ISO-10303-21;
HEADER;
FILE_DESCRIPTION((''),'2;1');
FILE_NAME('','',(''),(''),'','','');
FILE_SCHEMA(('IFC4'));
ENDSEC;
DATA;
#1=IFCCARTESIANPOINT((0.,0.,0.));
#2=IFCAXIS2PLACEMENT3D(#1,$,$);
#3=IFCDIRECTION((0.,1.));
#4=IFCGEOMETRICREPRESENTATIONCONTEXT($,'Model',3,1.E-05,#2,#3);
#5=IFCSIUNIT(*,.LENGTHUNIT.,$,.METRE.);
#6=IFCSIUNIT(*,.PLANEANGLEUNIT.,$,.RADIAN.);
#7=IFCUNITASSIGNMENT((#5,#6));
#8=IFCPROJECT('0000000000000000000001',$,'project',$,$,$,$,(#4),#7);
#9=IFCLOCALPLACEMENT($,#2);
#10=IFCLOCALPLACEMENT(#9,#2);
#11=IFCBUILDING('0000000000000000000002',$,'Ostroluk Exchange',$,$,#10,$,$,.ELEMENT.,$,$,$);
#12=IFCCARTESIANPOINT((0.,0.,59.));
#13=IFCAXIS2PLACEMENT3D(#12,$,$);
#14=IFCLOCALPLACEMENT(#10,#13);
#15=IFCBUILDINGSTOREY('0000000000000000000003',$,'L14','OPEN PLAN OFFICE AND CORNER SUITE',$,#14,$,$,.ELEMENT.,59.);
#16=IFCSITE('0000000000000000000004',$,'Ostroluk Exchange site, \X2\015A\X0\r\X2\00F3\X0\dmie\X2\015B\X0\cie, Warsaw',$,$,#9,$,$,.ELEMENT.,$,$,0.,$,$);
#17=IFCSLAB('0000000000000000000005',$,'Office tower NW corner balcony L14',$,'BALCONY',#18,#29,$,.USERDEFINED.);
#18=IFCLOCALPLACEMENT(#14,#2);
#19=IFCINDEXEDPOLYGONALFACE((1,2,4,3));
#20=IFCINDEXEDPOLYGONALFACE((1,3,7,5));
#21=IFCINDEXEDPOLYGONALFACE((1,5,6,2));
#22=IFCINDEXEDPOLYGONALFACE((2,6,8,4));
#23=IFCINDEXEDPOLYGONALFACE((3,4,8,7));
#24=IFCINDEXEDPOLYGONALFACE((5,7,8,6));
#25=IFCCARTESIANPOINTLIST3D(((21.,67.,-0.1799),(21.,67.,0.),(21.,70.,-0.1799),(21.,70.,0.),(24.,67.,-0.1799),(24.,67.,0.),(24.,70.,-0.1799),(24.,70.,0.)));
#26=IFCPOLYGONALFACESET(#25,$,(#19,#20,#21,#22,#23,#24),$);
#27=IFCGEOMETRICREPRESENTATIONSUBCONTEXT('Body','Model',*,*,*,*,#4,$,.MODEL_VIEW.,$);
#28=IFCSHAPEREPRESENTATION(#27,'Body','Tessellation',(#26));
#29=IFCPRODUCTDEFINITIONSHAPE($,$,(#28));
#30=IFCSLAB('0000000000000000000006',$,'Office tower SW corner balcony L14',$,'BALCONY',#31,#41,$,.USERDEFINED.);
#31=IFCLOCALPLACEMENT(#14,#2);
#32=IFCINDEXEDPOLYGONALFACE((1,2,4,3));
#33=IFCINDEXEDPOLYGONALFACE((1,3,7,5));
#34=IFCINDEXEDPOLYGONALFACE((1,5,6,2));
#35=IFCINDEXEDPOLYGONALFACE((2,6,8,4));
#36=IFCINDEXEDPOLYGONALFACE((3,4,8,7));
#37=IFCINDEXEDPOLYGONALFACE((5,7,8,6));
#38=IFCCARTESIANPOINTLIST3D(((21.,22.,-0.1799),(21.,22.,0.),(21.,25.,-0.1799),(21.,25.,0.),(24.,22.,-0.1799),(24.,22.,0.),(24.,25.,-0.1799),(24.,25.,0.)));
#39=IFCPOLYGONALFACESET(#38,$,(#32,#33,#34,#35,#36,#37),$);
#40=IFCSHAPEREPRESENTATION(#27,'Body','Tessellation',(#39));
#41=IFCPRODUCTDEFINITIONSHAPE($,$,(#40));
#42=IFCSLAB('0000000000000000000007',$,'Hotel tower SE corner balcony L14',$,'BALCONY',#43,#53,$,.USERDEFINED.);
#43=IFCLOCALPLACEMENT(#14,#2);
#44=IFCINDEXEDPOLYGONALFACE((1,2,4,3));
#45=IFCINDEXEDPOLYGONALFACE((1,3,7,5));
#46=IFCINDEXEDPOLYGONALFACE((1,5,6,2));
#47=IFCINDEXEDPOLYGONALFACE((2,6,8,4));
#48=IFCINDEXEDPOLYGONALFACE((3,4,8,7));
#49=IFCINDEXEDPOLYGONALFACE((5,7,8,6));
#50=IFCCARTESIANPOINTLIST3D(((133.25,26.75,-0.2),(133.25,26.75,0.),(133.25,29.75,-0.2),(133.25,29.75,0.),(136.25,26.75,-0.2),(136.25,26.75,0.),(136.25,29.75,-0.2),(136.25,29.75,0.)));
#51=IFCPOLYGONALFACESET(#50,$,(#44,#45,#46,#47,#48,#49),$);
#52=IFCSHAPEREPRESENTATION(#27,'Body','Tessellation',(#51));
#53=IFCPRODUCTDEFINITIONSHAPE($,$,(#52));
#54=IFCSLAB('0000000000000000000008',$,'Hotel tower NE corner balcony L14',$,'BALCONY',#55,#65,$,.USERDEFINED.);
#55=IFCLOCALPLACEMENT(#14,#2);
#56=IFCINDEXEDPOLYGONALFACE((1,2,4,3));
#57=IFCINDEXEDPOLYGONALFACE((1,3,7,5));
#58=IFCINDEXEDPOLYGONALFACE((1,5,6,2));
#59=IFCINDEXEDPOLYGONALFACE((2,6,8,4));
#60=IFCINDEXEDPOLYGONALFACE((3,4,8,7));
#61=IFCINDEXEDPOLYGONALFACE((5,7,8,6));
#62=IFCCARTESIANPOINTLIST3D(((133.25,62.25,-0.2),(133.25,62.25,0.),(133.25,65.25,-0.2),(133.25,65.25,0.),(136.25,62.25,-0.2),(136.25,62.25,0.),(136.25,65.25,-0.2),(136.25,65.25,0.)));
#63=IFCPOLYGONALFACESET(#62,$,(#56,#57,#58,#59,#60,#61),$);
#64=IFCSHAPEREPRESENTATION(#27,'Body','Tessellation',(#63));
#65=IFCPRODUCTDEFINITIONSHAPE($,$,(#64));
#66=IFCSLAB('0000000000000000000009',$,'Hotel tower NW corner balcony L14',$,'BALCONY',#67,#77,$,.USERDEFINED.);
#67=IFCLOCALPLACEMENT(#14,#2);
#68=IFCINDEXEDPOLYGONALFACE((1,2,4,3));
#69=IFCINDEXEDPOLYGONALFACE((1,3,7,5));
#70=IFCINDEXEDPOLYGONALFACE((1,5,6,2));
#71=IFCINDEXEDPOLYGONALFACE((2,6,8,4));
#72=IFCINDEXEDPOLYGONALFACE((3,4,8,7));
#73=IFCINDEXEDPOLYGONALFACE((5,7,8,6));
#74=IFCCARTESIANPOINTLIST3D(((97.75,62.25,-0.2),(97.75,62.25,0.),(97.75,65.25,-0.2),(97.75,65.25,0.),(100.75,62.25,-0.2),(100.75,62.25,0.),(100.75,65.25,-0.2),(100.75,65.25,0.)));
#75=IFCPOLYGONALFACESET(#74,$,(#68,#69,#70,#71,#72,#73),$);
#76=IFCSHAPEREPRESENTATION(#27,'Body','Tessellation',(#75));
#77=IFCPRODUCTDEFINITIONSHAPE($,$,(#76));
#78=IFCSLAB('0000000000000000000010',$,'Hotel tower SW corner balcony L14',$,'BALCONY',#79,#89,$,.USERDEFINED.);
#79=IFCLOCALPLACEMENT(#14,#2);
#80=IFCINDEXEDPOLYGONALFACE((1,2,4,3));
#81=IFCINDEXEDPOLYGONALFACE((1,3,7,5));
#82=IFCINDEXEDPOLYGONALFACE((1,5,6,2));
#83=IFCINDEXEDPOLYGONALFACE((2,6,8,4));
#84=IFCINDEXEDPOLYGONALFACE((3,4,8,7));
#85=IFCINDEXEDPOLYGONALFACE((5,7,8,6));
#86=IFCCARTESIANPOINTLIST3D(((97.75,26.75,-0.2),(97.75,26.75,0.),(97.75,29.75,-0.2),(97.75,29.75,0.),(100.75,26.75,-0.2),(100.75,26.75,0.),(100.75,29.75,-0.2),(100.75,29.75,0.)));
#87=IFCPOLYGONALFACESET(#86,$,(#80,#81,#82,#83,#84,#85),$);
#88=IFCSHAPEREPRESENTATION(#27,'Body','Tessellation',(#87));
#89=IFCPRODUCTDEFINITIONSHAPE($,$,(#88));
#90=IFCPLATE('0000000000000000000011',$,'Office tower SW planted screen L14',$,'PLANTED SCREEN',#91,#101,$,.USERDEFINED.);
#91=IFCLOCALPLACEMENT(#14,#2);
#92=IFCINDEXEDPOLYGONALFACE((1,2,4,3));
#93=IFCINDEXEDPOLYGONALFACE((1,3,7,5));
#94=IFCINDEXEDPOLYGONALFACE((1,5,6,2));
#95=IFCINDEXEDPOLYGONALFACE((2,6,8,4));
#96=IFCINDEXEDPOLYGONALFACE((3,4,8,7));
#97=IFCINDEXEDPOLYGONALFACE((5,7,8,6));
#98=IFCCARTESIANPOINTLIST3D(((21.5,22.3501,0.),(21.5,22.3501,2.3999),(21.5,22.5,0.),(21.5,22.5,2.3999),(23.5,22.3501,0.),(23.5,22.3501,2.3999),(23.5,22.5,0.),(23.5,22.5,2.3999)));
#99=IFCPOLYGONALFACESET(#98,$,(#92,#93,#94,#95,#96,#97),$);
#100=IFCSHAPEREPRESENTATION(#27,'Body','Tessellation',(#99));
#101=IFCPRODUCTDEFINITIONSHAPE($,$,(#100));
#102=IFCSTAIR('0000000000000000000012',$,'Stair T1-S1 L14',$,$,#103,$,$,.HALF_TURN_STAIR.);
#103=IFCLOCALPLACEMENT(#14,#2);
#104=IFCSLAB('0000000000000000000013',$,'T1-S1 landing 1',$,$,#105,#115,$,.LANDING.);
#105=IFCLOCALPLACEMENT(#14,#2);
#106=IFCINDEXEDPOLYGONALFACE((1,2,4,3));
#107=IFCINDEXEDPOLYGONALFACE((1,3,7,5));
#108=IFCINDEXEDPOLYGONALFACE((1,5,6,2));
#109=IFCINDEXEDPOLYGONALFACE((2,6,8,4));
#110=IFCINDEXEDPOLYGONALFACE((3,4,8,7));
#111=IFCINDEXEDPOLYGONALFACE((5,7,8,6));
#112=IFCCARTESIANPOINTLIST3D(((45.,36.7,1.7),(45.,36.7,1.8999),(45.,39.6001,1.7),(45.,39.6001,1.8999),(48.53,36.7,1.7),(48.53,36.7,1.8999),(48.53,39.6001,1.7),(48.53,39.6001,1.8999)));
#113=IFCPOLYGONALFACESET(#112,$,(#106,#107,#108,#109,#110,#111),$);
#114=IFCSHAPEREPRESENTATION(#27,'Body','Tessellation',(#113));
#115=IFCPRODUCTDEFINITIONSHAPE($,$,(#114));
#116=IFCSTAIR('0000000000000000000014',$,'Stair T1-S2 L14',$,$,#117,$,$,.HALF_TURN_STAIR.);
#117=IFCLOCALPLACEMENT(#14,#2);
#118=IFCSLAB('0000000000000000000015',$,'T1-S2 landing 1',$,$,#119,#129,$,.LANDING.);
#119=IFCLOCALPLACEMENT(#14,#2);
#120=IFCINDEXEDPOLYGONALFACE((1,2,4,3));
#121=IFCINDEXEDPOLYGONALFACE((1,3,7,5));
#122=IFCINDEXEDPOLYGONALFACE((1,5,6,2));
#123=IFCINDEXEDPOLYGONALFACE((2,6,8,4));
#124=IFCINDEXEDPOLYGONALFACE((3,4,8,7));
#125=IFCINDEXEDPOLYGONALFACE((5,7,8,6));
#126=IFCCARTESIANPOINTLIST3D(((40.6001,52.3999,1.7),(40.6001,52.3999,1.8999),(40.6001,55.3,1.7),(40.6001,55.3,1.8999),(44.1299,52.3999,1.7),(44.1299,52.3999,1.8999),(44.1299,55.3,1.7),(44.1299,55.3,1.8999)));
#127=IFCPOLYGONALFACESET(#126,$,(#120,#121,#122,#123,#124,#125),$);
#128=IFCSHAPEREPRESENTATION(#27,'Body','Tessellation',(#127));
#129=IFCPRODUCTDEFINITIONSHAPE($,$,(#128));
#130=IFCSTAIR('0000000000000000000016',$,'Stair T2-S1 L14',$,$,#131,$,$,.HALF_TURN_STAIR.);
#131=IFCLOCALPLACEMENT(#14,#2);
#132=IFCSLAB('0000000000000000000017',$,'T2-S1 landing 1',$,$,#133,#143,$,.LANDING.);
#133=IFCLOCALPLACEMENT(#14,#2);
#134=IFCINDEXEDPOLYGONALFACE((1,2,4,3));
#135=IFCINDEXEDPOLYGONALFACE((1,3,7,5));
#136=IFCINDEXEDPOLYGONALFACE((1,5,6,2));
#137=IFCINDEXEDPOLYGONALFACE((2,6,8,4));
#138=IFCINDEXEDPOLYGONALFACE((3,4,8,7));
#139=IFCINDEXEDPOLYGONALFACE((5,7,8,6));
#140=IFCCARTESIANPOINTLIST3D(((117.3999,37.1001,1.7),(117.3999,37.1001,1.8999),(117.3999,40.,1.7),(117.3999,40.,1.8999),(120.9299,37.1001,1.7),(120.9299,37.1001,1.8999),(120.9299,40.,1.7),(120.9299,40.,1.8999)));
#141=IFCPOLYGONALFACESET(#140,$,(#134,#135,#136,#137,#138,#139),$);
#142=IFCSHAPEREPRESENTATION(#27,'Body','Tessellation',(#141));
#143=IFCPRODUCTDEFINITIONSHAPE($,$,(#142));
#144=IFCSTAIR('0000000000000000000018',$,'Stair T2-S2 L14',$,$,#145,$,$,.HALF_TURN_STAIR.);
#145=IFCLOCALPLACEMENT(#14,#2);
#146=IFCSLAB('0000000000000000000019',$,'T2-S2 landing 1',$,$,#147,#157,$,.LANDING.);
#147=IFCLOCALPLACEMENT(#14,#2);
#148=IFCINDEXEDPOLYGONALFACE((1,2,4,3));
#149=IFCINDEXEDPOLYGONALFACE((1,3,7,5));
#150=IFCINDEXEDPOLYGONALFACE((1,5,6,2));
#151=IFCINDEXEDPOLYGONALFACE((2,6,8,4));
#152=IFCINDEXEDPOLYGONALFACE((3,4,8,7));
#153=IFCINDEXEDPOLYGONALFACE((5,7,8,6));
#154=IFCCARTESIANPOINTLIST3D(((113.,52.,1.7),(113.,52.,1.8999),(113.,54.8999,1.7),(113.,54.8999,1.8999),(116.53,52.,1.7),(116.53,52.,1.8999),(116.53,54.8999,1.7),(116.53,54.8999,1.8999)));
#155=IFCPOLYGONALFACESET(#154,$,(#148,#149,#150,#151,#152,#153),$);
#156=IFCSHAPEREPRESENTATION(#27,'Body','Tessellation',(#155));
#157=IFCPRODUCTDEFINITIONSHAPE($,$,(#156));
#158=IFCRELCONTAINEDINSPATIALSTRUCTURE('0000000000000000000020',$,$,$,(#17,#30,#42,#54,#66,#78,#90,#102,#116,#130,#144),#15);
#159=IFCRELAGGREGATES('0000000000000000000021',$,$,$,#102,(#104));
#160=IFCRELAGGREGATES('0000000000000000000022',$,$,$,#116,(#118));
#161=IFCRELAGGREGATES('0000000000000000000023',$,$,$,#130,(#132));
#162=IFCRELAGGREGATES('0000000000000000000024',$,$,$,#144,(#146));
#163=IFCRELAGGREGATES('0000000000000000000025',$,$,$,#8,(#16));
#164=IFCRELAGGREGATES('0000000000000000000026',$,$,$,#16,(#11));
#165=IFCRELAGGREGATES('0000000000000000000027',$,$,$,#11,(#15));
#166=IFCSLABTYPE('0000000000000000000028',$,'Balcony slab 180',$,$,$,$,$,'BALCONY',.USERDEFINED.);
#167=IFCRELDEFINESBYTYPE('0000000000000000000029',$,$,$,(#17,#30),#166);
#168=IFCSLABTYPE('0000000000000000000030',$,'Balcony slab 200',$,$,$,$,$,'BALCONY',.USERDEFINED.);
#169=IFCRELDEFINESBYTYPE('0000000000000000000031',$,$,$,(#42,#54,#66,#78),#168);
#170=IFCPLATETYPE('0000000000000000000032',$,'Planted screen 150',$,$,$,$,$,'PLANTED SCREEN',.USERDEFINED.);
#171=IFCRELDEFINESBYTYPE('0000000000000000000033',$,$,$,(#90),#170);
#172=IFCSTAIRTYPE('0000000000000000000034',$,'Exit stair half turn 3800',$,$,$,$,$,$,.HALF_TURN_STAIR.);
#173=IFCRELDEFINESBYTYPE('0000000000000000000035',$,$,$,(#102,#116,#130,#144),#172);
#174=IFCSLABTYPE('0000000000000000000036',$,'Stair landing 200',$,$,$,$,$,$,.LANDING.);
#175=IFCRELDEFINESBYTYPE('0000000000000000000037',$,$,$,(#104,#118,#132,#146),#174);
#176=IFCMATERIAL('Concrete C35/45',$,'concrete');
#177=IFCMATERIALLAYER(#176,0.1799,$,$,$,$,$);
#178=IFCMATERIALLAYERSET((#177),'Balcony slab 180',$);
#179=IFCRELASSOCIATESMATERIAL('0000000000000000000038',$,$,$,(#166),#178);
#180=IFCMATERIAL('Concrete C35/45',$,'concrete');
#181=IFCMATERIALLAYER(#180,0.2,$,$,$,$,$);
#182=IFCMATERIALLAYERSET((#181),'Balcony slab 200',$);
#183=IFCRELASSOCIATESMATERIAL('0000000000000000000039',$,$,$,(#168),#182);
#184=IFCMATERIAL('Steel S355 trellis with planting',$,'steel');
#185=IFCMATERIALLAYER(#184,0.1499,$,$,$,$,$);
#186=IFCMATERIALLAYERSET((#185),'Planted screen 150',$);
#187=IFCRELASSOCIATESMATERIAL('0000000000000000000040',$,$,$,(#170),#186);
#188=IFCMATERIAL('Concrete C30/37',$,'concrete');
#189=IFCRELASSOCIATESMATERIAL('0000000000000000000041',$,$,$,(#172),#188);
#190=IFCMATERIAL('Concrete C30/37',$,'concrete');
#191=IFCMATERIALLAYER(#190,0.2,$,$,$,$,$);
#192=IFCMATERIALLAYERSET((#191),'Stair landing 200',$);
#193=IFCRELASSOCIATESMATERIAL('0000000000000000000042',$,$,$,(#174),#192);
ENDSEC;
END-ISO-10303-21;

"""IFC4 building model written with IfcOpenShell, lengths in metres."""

from ifc_helpers import new_model, si_unit, direction, frame, origin, origin_2d, place, context, subcontext, project, spatial, polyline, rectangle, outline, extrude, material, layer, layer_set, type_object, element, aggregate, save


model = new_model("IFC4")

# Units and contexts
model_context = context("Model", 3, precision=1e-05, world=origin(), true_north=direction((0.0, 1.0)))
body_context = subcontext(model_context, "Body", "Model", "MODEL_VIEW")
ifc_project = project(units=[si_unit("LENGTHUNIT", "METRE"), si_unit("PLANEANGLEUNIT", "RADIAN")], contexts=[model_context])

# Site, building, storey
site_placement = place(None, origin())
site = spatial("IfcSite", under=ifc_project, at=site_placement, Name="Ostroluk Exchange site, Śródmieście, Warsaw", CompositionType="ELEMENT", RefElevation=0.0)
building_placement = place(site_placement, origin())
building = spatial("IfcBuilding", under=site, at=building_placement, Name="Ostroluk Exchange", CompositionType="ELEMENT")
storey_placement = place(building_placement, frame((0.0, 0.0, 59.0)))
storey = spatial("IfcBuildingStorey", under=building, at=storey_placement, Name="L14", Description="OPEN PLAN OFFICE AND CORNER SUITE", CompositionType="ELEMENT", Elevation=59.0)

# Slabs
ifc_material_1 = material(Name="Concrete C35/45", Category="concrete")
ifc_layer_1 = layer(ifc_material_1, 0.1799)
ifc_layer_set_1 = layer_set([ifc_layer_1], Name="Balcony slab 180")
slab_type_1 = type_object("IfcSlabType", Name="Balcony slab 180", ElementType="BALCONY", PredefinedType="USERDEFINED", material=ifc_layer_set_1)
slab_1_placement = place(storey_placement, frame((0.0, 0.0, -0.1799)))
element("IfcSlab", 1, at=slab_1_placement, inside=storey, type_object=slab_type_1, Name="Office tower NW corner balcony L14", ObjectType="BALCONY", PredefinedType="USERDEFINED", context=body_context, shape_type="SweptSolid", body=[
    extrude(outline(polyline([(21.0, 67.0), (24.0, 67.0), (24.0, 70.0), (21.0, 70.0), (21.0, 67.0)])), origin(), (0.0, 0.0, 1.0), 0.1799),
])
slab_2_placement = place(storey_placement, frame((0.0, 0.0, -0.1799)))
element("IfcSlab", 2, at=slab_2_placement, inside=storey, type_object=slab_type_1, Name="Office tower SW corner balcony L14", ObjectType="BALCONY", PredefinedType="USERDEFINED", context=body_context, shape_type="SweptSolid", body=[
    extrude(outline(polyline([(21.0, 22.0), (24.0, 22.0), (24.0, 25.0), (21.0, 25.0), (21.0, 22.0)])), origin(), (0.0, 0.0, 1.0), 0.1799),
])
ifc_material_2 = material(Name="Concrete C35/45", Category="concrete")
ifc_layer_2 = layer(ifc_material_2, 0.2)
ifc_layer_set_2 = layer_set([ifc_layer_2], Name="Balcony slab 200")
slab_type_2 = type_object("IfcSlabType", Name="Balcony slab 200", ElementType="BALCONY", PredefinedType="USERDEFINED", material=ifc_layer_set_2)
slab_3_placement = place(storey_placement, frame((0.0, 0.0, -0.2)))
element("IfcSlab", 3, at=slab_3_placement, inside=storey, type_object=slab_type_2, Name="Hotel tower SE corner balcony L14", ObjectType="BALCONY", PredefinedType="USERDEFINED", context=body_context, shape_type="SweptSolid", body=[
    extrude(outline(polyline([(133.25, 26.75), (136.25, 26.75), (136.25, 29.75), (133.25, 29.75), (133.25, 26.75)])), origin(), (0.0, 0.0, 1.0), 0.2),
])
slab_4_placement = place(storey_placement, frame((0.0, 0.0, -0.2)))
element("IfcSlab", 4, at=slab_4_placement, inside=storey, type_object=slab_type_2, Name="Hotel tower NE corner balcony L14", ObjectType="BALCONY", PredefinedType="USERDEFINED", context=body_context, shape_type="SweptSolid", body=[
    extrude(outline(polyline([(133.25, 62.25), (136.25, 62.25), (136.25, 65.25), (133.25, 65.25), (133.25, 62.25)])), origin(), (0.0, 0.0, 1.0), 0.2),
])
slab_5_placement = place(storey_placement, frame((0.0, 0.0, -0.2)))
element("IfcSlab", 5, at=slab_5_placement, inside=storey, type_object=slab_type_2, Name="Hotel tower NW corner balcony L14", ObjectType="BALCONY", PredefinedType="USERDEFINED", context=body_context, shape_type="SweptSolid", body=[
    extrude(outline(polyline([(97.75, 62.25), (100.75, 62.25), (100.75, 65.25), (97.75, 65.25), (97.75, 62.25)])), origin(), (0.0, 0.0, 1.0), 0.2),
])
slab_6_placement = place(storey_placement, frame((0.0, 0.0, -0.2)))
element("IfcSlab", 6, at=slab_6_placement, inside=storey, type_object=slab_type_2, Name="Hotel tower SW corner balcony L14", ObjectType="BALCONY", PredefinedType="USERDEFINED", context=body_context, shape_type="SweptSolid", body=[
    extrude(outline(polyline([(97.75, 26.75), (100.75, 26.75), (100.75, 29.75), (97.75, 29.75), (97.75, 26.75)])), origin(), (0.0, 0.0, 1.0), 0.2),
])

# Plate
ifc_material_3 = material(Name="Steel S355 trellis with planting", Category="steel")
ifc_layer_3 = layer(ifc_material_3, 0.1499)
ifc_layer_set_3 = layer_set([ifc_layer_3], Name="Planted screen 150")
plate_type = type_object("IfcPlateType", Name="Planted screen 150", ElementType="PLANTED SCREEN", PredefinedType="USERDEFINED", material=ifc_layer_set_3)
plate_placement = place(storey_placement, frame((22.5, 22.425, 0.0), z_axis=(0.0, 0.0, 1.0), x_axis=(1.0, 0.0, 0.0)))
element("IfcPlate", 7, at=plate_placement, inside=storey, type_object=plate_type, Name="Office tower SW planted screen L14", ObjectType="PLANTED SCREEN", PredefinedType="USERDEFINED", context=body_context, shape_type="SweptSolid", body=[
    extrude(rectangle(XDim=2.0, YDim=0.1499, at=origin_2d()), origin(), (0.0, 0.0, 1.0), 2.3999),
])

# Stairs, slabs
ifc_material_4 = material(Name="Concrete C30/37", Category="concrete")
stair_type = type_object("IfcStairType", Name="Exit stair half turn 3800", PredefinedType="HALF_TURN_STAIR", material=ifc_material_4)
stair_1_placement = place(storey_placement, origin())
stair_1 = element("IfcStair", 8, at=stair_1_placement, inside=storey, type_object=stair_type, Name="Stair T1-S1 L14", PredefinedType="HALF_TURN_STAIR")
ifc_material_5 = material(Name="Concrete C30/37", Category="concrete")
ifc_layer_4 = layer(ifc_material_5, 0.2)
ifc_layer_set_4 = layer_set([ifc_layer_4], Name="Stair landing 200")
slab_type_3 = type_object("IfcSlabType", Name="Stair landing 200", PredefinedType="LANDING", material=ifc_layer_set_4)
slab_7_placement = place(storey_placement, frame((0.0, 0.0, 1.7)))
slab_7 = element("IfcSlab", 9, at=slab_7_placement, type_object=slab_type_3, Name="T1-S1 landing 1", PredefinedType="LANDING", context=body_context, shape_type="SweptSolid", body=[
    extrude(outline(polyline([(45.0, 36.7), (45.0, 39.6001), (48.53, 39.6001), (48.53, 36.7), (45.0, 36.7)])), origin(), (0.0, 0.0, 1.0), 0.2),
])
aggregate(stair_1, [slab_7])
stair_2_placement = place(storey_placement, origin())
stair_2 = element("IfcStair", 10, at=stair_2_placement, inside=storey, type_object=stair_type, Name="Stair T1-S2 L14", PredefinedType="HALF_TURN_STAIR")
slab_8_placement = place(storey_placement, frame((0.0, 0.0, 1.7)))
slab_8 = element("IfcSlab", 11, at=slab_8_placement, type_object=slab_type_3, Name="T1-S2 landing 1", PredefinedType="LANDING", context=body_context, shape_type="SweptSolid", body=[
    extrude(outline(polyline([(44.1299, 52.3999), (44.1299, 55.3), (40.6001, 55.3), (40.6001, 52.3999), (44.1299, 52.3999)])), origin(), (0.0, 0.0, 1.0), 0.2),
])
aggregate(stair_2, [slab_8])
stair_3_placement = place(storey_placement, origin())
stair_3 = element("IfcStair", 12, at=stair_3_placement, inside=storey, type_object=stair_type, Name="Stair T2-S1 L14", PredefinedType="HALF_TURN_STAIR")
slab_9_placement = place(storey_placement, frame((0.0, 0.0, 1.7)))
slab_9 = element("IfcSlab", 13, at=slab_9_placement, type_object=slab_type_3, Name="T2-S1 landing 1", PredefinedType="LANDING", context=body_context, shape_type="SweptSolid", body=[
    extrude(outline(polyline([(117.3999, 37.1001), (117.3999, 40.0), (120.9299, 40.0), (120.9299, 37.1001), (117.3999, 37.1001)])), origin(), (0.0, 0.0, 1.0), 0.2),
])
aggregate(stair_3, [slab_9])
stair_4_placement = place(storey_placement, origin())
stair_4 = element("IfcStair", 14, at=stair_4_placement, inside=storey, type_object=stair_type, Name="Stair T2-S2 L14", PredefinedType="HALF_TURN_STAIR")
slab_10_placement = place(storey_placement, frame((0.0, 0.0, 1.7)))
slab_10 = element("IfcSlab", 15, at=slab_10_placement, type_object=slab_type_3, Name="T2-S2 landing 1", PredefinedType="LANDING", context=body_context, shape_type="SweptSolid", body=[
    extrude(outline(polyline([(116.53, 52.0), (116.53, 54.8999), (113.0, 54.8999), (113.0, 52.0), (116.53, 52.0)])), origin(), (0.0, 0.0, 1.0), 0.2),
])
aggregate(stair_4, [slab_10])

save(model, "model.ifc")
